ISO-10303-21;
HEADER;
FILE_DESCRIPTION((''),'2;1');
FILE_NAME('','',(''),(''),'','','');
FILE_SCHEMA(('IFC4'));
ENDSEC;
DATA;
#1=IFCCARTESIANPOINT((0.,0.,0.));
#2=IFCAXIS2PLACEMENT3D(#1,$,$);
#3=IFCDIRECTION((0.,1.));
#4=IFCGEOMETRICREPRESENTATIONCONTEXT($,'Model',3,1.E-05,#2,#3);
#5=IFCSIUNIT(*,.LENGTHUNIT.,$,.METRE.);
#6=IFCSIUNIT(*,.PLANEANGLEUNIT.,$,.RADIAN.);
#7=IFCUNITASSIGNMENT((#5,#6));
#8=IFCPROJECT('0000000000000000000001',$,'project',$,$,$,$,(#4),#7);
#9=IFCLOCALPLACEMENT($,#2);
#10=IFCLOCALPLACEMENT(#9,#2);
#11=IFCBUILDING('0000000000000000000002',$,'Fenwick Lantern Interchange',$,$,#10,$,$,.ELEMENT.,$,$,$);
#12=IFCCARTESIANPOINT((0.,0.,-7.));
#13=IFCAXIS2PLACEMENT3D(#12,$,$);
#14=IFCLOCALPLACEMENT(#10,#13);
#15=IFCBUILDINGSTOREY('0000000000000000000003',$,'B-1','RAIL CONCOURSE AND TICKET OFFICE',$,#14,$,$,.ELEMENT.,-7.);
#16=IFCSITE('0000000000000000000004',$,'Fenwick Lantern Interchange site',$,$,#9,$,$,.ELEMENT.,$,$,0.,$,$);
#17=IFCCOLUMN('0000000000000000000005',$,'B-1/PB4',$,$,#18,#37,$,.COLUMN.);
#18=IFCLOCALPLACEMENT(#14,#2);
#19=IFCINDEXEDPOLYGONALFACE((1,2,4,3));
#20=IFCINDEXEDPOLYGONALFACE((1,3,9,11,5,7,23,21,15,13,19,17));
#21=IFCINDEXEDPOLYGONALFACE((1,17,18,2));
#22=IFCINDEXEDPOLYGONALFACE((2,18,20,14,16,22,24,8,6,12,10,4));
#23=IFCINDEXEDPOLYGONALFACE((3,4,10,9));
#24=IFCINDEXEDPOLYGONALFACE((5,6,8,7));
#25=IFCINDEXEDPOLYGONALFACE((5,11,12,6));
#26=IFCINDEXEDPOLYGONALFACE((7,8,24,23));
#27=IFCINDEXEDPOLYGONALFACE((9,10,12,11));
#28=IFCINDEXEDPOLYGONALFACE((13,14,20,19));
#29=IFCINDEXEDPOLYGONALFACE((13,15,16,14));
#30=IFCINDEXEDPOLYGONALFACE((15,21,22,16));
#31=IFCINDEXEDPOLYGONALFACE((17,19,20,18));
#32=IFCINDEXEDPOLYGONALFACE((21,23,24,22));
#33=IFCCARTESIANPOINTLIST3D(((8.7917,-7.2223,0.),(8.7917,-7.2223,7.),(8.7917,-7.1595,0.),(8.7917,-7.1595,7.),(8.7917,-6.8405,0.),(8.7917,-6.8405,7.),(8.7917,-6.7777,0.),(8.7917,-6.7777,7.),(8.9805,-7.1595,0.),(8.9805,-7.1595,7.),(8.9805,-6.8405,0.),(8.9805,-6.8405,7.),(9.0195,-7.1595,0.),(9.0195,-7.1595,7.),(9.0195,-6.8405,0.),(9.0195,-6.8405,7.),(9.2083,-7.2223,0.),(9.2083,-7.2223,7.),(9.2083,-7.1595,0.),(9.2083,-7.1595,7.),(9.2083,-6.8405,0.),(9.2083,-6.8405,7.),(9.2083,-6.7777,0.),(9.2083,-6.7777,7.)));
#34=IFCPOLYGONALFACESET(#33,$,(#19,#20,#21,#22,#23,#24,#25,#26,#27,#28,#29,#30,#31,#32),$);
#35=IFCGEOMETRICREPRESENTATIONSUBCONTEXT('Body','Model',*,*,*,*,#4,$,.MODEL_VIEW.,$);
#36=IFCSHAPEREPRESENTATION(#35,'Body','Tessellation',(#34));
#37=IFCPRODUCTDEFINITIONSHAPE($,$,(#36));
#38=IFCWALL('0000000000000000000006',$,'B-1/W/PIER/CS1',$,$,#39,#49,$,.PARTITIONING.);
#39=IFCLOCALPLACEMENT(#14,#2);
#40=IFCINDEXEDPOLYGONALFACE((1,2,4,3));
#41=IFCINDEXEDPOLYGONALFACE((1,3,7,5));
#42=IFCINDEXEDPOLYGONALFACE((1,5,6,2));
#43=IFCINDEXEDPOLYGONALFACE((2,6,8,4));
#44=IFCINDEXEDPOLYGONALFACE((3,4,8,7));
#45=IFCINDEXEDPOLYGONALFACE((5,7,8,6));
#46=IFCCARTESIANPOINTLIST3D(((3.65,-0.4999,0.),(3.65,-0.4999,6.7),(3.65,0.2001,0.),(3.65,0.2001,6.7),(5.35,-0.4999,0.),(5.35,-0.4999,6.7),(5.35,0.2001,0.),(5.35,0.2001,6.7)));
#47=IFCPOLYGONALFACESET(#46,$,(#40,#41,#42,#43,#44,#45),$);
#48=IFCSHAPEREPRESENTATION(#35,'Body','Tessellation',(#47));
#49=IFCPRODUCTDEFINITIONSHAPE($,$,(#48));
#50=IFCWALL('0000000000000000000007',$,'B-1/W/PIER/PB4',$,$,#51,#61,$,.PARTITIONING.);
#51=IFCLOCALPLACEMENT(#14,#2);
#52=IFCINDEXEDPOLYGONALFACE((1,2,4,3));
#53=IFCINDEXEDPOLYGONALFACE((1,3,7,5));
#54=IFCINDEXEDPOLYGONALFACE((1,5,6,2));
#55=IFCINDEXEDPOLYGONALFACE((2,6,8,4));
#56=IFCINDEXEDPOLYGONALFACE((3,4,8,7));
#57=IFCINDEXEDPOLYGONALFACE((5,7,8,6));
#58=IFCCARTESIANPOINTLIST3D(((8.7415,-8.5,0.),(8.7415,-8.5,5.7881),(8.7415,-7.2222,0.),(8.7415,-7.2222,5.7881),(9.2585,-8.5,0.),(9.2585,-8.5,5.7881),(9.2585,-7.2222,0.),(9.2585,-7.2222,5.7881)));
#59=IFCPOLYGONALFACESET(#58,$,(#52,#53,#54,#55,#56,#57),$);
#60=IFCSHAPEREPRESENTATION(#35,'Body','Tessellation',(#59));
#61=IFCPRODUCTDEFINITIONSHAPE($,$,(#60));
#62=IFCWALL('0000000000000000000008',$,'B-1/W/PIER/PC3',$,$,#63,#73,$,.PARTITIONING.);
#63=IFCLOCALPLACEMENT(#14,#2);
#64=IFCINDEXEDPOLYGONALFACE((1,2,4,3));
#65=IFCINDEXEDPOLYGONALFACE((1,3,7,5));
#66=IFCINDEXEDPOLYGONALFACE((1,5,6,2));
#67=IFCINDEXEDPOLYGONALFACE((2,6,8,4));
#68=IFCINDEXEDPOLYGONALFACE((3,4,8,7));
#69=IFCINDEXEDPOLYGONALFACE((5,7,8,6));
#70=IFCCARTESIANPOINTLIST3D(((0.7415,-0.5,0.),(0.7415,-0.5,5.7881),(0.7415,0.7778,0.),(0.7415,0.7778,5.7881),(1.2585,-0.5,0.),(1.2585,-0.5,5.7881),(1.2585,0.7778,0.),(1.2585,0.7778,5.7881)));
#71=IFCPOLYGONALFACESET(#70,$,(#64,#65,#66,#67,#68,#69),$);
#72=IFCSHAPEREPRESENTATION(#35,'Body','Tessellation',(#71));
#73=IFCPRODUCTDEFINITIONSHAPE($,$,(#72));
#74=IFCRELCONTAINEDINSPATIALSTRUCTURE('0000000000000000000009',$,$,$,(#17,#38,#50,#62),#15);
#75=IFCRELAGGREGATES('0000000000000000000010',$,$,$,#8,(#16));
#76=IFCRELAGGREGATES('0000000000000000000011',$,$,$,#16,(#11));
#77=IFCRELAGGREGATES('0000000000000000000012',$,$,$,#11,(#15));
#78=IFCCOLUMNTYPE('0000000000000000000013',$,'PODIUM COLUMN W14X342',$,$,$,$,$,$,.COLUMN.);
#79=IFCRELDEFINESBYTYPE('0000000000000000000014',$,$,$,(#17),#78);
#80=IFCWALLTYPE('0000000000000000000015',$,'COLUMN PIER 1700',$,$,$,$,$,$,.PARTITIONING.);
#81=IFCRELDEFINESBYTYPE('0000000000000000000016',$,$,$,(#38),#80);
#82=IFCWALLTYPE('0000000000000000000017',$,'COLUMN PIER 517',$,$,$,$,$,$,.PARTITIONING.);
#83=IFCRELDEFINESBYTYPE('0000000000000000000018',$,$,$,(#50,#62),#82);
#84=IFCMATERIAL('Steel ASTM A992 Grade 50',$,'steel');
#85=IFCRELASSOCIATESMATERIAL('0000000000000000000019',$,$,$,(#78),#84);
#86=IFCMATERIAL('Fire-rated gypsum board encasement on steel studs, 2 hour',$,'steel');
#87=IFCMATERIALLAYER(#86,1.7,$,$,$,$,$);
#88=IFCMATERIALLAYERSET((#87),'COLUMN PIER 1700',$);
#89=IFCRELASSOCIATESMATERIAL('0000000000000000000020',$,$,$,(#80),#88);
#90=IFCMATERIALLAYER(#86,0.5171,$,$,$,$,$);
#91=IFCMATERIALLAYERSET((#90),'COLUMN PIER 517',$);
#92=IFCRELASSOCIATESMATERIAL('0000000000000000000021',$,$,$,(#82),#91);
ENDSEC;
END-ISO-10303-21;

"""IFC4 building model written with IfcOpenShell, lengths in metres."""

from ifc_helpers import new_model, si_unit, direction, frame, frame_2d, origin, origin_2d, place, context, subcontext, project, spatial, rectangle, i_section, extrude, material, layer, layer_set, material_profile, profile_set, type_object, element, save


model = new_model("IFC4")

# Units and contexts
model_context = context("Model", 3, precision=1e-05, world=origin(), true_north=direction((0.0, 1.0)))
body_context = subcontext(model_context, "Body", "Model", "MODEL_VIEW")
ifc_project = project(units=[si_unit("LENGTHUNIT", "METRE"), si_unit("PLANEANGLEUNIT", "RADIAN")], contexts=[model_context])

# Site, building, storey
site_placement = place(None, origin())
site = spatial("IfcSite", under=ifc_project, at=site_placement, Name="Fenwick Lantern Interchange site", CompositionType="ELEMENT", RefElevation=0.0)
building_placement = place(site_placement, origin())
building = spatial("IfcBuilding", under=site, at=building_placement, Name="Fenwick Lantern Interchange", CompositionType="ELEMENT")
storey_placement = place(building_placement, frame((0.0, 0.0, -7.0)))
storey = spatial("IfcBuildingStorey", under=building, at=storey_placement, Name="B-1", Description="RAIL CONCOURSE AND TICKET OFFICE", CompositionType="ELEMENT", Elevation=-7.0)

# Column
ifc_material_1 = material(Name="Steel ASTM A992 Grade 50", Category="steel")
ifc_material_profile = material_profile(ifc_material_1, i_section(OverallWidth=0.4165, OverallDepth=0.4446, WebThickness=0.0391, FlangeThickness=0.0627, at=origin_2d()), Name="W14X342")
ifc_profile_set = profile_set([ifc_material_profile], Name="Steel ASTM A992 Grade 50")
column_type = type_object("IfcColumnType", Name="PODIUM COLUMN W14X342", PredefinedType="COLUMN", material=ifc_profile_set)
for number, where, z_axis, x_axis, name in (
    (1, (9.0, -7.0, 0.0), (0.0, 0.0, 1.0), (1.0, 0.0, 0.0), "B-1/PB4"),
):
    element("IfcColumn", number, at=place(storey_placement, frame(where, z_axis=z_axis, x_axis=x_axis)), inside=storey, type_object=column_type, Name=name, PredefinedType="COLUMN", context=body_context, shape_type="SweptSolid", body=[
        extrude(i_section(OverallWidth=0.4165, OverallDepth=0.4446, WebThickness=0.0391, FlangeThickness=0.0627, at=origin_2d()), origin(), (0.0, 0.0, 1.0), 7.0),
    ])

# Walls
ifc_material_2 = material(Name="Fire-rated gypsum board encasement on steel studs, 2 hour", Category="steel")
ifc_layer_1 = layer(ifc_material_2, 1.7)
ifc_layer_set_1 = layer_set([ifc_layer_1], Name="COLUMN PIER 1700")
wall_type_1 = type_object("IfcWallType", Name="COLUMN PIER 1700", PredefinedType="PARTITIONING", material=ifc_layer_set_1)
wall_placement = place(storey_placement, frame((4.5, -0.5, 0.0), z_axis=(0.0, 0.0, 1.0), x_axis=(0.0, 1.0, 0.0)))
element("IfcWall", 2, at=wall_placement, inside=storey, type_object=wall_type_1, Name="B-1/W/PIER/CS1", PredefinedType="PARTITIONING", context=body_context, shape_type="SweptSolid", body=[
    extrude(rectangle(XDim=0.7, YDim=1.7, at=frame_2d((0.3501, 0.0))), origin(), (0.0, 0.0, 1.0), 6.7),
])
ifc_layer_2 = layer(ifc_material_2, 0.5171)
ifc_layer_set_2 = layer_set([ifc_layer_2], Name="COLUMN PIER 517")
wall_type_2 = type_object("IfcWallType", Name="COLUMN PIER 517", PredefinedType="PARTITIONING", material=ifc_layer_set_2)
for number, where, z_axis, x_axis, name in (
    (3, (9.0, -8.5, 0.0), (0.0, 0.0, 1.0), (0.0, 1.0, 0.0), "B-1/W/PIER/PB4"),
    (4, (1.0, -0.5, 0.0), (0.0, 0.0, 1.0), (0.0, 1.0, 0.0), "B-1/W/PIER/PC3"),
):
    element("IfcWall", number, at=place(storey_placement, frame(where, z_axis=z_axis, x_axis=x_axis)), inside=storey, type_object=wall_type_2, Name=name, PredefinedType="PARTITIONING", context=body_context, shape_type="SweptSolid", body=[
        extrude(rectangle(XDim=1.2778, YDim=0.5171, at=frame_2d((0.6389, 0.0))), origin(), (0.0, 0.0, 1.0), 5.7881),
    ])

save(model, "model.ifc")
